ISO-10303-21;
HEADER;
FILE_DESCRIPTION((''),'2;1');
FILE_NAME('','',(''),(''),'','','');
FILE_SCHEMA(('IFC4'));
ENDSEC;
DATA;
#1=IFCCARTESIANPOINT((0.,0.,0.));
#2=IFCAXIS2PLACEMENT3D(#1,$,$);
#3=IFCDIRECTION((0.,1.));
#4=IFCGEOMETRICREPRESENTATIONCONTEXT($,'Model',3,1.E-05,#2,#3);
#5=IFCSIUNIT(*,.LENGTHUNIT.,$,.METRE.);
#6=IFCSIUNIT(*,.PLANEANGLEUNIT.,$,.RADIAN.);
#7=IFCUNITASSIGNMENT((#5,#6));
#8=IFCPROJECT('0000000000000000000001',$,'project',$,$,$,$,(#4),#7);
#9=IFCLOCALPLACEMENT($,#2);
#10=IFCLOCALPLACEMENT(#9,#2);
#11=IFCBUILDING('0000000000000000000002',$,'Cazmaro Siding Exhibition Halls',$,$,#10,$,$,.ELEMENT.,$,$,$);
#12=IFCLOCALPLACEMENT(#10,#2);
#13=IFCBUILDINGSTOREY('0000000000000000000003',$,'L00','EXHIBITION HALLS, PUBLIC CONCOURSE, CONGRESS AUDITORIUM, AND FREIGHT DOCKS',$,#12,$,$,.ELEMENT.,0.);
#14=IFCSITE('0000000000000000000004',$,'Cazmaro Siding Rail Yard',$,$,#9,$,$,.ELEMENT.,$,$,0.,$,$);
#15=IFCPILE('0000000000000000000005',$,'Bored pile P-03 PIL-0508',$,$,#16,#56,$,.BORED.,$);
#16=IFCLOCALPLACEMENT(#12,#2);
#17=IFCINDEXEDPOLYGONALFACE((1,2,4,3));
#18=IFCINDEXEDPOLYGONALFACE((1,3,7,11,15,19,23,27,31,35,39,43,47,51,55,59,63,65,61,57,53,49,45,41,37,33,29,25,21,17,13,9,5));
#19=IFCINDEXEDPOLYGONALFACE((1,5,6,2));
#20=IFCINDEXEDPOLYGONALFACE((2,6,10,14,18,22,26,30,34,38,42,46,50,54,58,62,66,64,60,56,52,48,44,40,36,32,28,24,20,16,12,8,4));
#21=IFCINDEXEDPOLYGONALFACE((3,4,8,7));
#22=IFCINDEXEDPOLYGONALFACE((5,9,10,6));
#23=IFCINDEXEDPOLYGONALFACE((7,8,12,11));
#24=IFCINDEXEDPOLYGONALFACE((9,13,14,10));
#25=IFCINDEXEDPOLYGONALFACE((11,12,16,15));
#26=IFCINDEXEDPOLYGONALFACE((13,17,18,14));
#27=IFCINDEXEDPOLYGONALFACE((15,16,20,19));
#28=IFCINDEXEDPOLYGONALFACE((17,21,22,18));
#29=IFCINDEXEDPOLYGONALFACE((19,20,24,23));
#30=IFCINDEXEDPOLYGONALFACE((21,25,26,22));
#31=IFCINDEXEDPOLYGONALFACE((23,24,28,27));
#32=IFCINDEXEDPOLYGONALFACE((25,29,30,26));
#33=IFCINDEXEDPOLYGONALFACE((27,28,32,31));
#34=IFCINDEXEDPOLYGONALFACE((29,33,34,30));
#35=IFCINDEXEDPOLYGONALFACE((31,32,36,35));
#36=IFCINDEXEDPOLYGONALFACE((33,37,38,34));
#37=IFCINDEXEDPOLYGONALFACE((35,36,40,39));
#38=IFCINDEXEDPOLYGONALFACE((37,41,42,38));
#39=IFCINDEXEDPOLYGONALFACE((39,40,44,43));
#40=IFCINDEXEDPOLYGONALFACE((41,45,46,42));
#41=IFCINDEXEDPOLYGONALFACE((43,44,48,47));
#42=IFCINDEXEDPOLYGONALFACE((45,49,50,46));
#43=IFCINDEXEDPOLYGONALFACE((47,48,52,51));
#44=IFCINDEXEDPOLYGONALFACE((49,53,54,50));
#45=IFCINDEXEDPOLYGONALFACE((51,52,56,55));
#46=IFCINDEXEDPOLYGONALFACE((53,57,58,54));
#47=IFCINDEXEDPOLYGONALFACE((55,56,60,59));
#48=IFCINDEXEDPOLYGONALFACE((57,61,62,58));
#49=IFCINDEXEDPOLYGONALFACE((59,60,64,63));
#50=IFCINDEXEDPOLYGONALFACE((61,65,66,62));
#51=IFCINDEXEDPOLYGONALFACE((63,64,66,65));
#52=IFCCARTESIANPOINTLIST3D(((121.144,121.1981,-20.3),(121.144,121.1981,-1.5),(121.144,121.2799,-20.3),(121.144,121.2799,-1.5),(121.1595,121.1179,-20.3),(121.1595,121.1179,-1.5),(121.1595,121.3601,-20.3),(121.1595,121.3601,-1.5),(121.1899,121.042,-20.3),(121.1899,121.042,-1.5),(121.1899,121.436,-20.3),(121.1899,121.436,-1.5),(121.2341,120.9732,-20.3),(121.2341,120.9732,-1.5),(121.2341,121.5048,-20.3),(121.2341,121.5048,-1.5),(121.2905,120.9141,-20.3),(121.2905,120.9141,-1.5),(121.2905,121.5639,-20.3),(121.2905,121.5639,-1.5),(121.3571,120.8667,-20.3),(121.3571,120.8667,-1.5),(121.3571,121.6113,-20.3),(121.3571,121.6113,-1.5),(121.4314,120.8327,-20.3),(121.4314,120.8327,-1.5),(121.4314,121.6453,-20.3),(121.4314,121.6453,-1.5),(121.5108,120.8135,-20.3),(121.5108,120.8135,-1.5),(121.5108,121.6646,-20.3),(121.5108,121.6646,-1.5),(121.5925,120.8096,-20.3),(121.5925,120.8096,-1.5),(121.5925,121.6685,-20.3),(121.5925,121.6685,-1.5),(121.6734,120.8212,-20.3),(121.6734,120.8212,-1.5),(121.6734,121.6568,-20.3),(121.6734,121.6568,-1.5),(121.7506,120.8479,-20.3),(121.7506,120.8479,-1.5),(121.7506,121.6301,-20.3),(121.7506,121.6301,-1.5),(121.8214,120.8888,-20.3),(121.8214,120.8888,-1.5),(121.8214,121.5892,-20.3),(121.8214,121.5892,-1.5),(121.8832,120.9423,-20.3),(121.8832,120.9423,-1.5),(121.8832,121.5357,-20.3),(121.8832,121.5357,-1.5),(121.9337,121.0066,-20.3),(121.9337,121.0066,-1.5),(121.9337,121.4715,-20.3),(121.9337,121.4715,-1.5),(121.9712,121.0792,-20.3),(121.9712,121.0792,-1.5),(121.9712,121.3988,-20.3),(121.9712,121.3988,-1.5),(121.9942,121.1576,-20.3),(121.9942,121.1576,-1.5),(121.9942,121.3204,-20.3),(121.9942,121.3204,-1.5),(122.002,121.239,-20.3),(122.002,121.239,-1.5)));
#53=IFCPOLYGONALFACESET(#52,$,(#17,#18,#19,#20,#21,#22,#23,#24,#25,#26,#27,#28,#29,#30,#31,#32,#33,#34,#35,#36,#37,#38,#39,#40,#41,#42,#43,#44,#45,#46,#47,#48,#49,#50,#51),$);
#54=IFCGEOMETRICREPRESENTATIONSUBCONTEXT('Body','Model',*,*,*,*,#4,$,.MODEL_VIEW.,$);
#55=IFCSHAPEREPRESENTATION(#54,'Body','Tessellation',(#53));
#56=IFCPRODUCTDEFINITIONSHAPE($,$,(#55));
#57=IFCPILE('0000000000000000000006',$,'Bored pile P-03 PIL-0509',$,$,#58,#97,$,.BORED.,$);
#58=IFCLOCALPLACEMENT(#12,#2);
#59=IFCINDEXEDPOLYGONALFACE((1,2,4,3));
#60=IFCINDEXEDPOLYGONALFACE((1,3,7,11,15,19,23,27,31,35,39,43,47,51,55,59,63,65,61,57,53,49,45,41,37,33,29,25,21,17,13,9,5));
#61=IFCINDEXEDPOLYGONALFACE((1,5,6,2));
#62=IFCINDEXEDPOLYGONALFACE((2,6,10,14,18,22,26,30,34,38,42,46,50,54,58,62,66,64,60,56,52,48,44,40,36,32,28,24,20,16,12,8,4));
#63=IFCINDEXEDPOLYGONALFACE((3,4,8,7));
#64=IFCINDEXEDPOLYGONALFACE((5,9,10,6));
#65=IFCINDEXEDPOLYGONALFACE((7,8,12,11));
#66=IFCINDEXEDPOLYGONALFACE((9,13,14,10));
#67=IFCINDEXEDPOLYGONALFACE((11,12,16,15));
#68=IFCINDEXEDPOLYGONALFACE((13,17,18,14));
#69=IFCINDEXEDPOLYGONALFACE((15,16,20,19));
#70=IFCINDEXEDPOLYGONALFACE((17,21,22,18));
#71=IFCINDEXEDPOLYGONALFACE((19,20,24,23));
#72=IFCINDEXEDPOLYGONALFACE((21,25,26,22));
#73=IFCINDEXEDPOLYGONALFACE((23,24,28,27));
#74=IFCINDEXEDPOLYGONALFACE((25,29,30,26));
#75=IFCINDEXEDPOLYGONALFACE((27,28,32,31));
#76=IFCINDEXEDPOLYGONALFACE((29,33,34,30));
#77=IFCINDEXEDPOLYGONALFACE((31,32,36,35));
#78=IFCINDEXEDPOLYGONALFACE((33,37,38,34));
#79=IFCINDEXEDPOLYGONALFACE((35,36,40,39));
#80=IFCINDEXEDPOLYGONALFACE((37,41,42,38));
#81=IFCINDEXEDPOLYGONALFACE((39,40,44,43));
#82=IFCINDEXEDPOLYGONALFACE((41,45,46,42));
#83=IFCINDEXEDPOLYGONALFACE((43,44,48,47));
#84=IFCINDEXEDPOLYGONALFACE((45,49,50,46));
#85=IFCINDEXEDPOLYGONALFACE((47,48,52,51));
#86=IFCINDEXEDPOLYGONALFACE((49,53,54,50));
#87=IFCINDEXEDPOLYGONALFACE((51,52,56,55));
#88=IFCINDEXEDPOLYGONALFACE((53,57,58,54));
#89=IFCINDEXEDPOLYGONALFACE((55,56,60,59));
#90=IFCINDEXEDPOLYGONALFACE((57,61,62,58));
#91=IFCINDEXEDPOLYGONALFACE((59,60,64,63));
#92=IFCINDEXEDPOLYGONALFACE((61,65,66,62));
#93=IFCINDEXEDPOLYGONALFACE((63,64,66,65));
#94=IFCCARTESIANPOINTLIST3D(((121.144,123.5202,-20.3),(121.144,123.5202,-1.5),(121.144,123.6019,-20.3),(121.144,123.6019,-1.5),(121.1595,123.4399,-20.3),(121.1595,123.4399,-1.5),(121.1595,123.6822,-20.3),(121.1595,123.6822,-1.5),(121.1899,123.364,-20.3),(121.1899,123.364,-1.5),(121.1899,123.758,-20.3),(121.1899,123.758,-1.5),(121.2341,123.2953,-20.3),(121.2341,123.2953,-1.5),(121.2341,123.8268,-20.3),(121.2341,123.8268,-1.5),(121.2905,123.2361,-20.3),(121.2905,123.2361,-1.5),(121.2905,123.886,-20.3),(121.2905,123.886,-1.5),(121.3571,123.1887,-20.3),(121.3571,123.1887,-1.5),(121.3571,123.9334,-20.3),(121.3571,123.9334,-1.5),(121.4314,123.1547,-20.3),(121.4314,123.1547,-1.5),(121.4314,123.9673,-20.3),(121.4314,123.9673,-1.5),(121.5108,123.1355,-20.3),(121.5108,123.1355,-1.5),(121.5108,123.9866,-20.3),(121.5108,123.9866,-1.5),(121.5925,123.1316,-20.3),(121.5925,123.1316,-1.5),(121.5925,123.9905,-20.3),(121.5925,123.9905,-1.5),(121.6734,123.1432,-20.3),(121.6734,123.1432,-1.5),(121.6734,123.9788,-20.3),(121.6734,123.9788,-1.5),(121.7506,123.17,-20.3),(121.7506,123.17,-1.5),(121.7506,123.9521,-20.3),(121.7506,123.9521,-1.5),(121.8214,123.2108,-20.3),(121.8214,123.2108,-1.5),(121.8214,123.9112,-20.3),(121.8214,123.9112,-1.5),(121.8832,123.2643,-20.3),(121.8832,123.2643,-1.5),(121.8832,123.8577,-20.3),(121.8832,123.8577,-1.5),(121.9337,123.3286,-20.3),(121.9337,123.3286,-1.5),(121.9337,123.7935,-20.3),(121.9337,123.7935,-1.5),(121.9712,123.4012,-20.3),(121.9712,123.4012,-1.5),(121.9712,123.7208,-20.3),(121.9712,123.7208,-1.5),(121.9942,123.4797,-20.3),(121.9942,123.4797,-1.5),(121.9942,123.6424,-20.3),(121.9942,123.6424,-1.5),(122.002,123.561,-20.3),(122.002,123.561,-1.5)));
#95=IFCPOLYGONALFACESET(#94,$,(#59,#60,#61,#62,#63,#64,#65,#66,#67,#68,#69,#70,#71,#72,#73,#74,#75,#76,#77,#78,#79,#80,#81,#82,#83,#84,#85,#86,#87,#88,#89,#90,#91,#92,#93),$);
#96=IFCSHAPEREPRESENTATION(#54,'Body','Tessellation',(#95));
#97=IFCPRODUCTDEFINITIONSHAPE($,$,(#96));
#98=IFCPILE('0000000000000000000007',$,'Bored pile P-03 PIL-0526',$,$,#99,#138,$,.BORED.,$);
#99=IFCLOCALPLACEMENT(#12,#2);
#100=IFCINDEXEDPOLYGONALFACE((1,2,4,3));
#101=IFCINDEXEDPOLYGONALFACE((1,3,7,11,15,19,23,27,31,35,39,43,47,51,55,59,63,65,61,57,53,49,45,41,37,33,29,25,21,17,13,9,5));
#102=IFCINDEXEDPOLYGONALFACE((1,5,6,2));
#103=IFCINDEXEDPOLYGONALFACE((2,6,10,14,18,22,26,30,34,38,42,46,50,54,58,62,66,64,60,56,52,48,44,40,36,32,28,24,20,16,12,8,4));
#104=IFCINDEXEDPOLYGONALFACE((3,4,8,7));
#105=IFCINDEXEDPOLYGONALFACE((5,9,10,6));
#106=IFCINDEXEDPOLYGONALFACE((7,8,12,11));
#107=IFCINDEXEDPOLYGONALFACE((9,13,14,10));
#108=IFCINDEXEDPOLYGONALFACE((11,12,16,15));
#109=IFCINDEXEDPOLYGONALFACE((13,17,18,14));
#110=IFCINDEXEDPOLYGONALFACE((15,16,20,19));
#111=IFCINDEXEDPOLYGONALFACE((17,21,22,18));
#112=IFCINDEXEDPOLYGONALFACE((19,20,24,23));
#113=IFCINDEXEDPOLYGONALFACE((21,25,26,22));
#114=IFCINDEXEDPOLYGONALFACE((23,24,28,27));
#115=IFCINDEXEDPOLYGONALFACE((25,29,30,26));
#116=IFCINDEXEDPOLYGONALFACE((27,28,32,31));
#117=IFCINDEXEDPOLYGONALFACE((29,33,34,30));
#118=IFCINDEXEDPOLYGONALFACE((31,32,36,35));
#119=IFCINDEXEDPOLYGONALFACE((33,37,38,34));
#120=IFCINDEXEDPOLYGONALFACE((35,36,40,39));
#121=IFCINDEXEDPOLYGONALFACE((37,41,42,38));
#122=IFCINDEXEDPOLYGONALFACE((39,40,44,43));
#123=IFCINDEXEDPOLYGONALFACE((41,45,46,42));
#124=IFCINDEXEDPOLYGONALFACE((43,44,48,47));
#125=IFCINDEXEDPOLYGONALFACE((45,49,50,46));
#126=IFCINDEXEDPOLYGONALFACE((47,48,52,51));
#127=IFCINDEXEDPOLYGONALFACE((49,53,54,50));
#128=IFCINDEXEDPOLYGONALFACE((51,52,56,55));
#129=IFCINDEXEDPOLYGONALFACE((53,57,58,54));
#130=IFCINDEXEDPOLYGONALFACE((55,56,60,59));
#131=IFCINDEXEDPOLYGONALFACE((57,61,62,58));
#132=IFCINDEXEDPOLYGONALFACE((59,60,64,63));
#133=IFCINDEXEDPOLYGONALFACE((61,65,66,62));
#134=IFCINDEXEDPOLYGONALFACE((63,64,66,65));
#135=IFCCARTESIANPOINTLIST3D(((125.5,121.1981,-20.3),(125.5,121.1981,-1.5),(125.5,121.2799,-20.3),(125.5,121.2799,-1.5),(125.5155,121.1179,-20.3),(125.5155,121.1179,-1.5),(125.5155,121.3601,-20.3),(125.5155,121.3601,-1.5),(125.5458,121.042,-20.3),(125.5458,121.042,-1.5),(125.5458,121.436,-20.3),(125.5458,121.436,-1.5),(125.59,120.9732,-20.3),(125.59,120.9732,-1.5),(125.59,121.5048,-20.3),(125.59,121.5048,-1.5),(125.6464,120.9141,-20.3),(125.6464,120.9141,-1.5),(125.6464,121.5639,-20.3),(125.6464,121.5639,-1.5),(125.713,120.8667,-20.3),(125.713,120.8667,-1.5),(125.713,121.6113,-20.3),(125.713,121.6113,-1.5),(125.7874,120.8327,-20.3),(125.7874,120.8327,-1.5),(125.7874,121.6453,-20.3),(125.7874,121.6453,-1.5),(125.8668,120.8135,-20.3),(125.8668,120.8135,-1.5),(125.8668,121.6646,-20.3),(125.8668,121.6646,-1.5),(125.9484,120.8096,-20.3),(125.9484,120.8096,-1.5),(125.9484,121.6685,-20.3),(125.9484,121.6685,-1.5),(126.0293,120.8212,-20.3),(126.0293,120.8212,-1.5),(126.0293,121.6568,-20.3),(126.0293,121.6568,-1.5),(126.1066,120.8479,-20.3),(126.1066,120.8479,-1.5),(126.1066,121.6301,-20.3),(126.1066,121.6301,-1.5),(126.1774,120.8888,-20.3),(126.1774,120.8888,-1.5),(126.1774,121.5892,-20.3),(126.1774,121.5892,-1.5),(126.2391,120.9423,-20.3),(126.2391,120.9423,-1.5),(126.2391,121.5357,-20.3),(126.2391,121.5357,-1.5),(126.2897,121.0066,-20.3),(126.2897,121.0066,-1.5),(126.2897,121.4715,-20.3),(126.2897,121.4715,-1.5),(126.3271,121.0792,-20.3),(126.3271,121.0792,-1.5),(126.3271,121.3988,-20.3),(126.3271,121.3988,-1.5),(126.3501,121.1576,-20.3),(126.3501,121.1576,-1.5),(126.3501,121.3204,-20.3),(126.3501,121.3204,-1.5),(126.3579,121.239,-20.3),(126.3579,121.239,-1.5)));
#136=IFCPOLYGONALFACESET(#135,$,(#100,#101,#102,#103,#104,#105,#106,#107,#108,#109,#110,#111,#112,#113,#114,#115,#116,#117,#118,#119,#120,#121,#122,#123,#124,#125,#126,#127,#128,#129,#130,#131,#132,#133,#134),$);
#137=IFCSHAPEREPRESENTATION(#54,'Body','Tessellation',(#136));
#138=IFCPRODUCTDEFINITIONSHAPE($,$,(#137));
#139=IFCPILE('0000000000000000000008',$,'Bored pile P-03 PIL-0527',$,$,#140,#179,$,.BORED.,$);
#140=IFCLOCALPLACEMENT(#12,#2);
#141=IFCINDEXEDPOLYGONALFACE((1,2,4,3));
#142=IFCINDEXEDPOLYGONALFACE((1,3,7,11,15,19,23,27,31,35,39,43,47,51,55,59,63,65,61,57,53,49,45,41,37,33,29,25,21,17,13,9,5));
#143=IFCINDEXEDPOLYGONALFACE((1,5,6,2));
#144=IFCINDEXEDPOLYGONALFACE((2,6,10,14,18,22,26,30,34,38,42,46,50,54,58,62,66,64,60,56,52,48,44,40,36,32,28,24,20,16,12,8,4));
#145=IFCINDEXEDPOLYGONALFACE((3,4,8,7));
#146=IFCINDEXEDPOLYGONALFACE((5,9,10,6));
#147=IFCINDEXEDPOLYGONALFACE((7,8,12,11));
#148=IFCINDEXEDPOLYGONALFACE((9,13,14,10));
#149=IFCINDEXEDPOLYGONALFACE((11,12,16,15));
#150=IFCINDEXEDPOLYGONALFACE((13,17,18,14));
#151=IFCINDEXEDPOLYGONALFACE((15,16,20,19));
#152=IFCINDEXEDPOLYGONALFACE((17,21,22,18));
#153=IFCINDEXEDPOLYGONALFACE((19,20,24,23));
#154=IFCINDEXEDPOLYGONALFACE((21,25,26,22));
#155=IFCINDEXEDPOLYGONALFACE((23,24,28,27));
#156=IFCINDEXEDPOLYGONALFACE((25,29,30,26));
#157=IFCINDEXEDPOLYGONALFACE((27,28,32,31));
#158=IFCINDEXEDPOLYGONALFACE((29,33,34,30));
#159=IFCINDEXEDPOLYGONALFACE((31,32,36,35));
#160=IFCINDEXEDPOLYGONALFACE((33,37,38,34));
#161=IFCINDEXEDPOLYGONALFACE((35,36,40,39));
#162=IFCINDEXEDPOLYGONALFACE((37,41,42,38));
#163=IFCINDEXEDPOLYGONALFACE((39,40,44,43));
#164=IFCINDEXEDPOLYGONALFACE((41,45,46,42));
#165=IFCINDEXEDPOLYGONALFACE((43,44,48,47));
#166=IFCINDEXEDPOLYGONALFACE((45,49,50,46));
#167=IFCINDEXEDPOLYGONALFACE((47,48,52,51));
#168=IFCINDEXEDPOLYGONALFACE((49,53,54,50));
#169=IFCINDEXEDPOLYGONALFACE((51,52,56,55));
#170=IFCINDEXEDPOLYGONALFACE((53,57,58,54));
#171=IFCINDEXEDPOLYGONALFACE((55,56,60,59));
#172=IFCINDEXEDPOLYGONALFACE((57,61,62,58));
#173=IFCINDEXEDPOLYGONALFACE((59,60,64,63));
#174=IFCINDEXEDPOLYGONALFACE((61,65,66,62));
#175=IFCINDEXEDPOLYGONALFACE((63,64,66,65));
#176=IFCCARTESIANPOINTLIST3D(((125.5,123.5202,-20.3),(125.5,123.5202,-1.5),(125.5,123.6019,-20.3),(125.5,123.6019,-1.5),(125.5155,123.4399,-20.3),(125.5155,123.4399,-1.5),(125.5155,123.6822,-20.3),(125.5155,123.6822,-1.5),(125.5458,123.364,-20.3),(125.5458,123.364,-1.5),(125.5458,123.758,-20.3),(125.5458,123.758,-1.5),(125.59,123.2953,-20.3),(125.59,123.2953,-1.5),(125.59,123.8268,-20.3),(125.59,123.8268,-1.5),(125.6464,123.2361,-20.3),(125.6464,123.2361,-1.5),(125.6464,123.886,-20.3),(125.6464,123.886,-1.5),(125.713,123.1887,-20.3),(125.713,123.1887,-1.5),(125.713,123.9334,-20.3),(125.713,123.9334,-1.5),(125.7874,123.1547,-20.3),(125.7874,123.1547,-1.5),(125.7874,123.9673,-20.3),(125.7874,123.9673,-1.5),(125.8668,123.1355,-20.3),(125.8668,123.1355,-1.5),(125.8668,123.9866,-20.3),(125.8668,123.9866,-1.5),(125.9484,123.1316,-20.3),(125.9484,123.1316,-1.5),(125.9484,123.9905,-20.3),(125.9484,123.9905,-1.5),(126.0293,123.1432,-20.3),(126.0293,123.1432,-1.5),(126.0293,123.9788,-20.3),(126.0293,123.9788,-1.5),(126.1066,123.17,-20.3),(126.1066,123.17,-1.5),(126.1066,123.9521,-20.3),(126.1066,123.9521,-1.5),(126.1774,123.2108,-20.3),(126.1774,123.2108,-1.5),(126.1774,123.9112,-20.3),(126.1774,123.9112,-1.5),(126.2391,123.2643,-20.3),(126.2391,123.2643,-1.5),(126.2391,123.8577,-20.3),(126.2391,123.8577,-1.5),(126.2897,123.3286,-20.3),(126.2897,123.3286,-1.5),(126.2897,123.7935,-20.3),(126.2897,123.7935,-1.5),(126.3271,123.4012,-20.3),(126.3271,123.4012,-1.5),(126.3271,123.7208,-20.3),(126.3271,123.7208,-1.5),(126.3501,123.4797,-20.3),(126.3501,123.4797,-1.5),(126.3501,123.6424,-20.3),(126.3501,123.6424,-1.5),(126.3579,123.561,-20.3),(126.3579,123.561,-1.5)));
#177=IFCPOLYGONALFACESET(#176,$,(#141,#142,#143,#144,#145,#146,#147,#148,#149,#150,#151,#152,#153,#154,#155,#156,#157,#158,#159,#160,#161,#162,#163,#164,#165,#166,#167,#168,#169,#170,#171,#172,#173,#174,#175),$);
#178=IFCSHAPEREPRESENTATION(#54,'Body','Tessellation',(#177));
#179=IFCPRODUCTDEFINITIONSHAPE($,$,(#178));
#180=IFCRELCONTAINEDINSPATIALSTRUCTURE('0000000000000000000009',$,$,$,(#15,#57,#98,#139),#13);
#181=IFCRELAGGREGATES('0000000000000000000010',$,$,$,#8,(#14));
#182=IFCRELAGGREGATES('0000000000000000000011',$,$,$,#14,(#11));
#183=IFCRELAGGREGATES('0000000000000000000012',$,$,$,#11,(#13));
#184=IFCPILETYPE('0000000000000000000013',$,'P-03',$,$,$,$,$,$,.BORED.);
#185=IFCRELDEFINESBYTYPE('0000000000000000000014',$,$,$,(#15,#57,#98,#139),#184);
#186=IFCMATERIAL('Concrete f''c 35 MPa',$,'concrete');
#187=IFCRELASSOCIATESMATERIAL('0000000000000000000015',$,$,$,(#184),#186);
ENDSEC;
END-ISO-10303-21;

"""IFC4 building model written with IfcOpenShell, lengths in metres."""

from ifc_helpers import new_model, si_unit, direction, frame, origin, origin_2d, place, context, subcontext, project, spatial, circle, extrude, material, material_profile, profile_set, type_object, element, save


model = new_model("IFC4")

# Units and contexts
model_context = context("Model", 3, precision=1e-05, world=origin(), true_north=direction((0.0, 1.0)))
body_context = subcontext(model_context, "Body", "Model", "MODEL_VIEW")
ifc_project = project(units=[si_unit("LENGTHUNIT", "METRE"), si_unit("PLANEANGLEUNIT", "RADIAN")], contexts=[model_context])

# Site, building, storey
site_placement = place(None, origin())
site = spatial("IfcSite", under=ifc_project, at=site_placement, Name="Cazmaro Siding Rail Yard", CompositionType="ELEMENT", RefElevation=0.0)
building_placement = place(site_placement, origin())
building = spatial("IfcBuilding", under=site, at=building_placement, Name="Cazmaro Siding Exhibition Halls", CompositionType="ELEMENT")
storey_placement = place(building_placement, origin())
storey = spatial("IfcBuildingStorey", under=building, at=storey_placement, Name="L00", Description="EXHIBITION HALLS, PUBLIC CONCOURSE, CONGRESS AUDITORIUM, AND FREIGHT DOCKS", CompositionType="ELEMENT", Elevation=0.0)

# Piles
ifc_material_1 = material(Name="Concrete f'c 35 MPa", Category="concrete")
ifc_material_profile_1 = material_profile(ifc_material_1, circle(Radius=0.4299, at=origin_2d()), Name="CIDH-860")
ifc_profile_set_1 = profile_set([ifc_material_profile_1], Name="Concrete f'c 35 MPa")
pile_type = type_object("IfcPileType", Name="P-03", PredefinedType="BORED", material=ifc_profile_set_1)
for number, where, z_axis, x_axis, name in (
    (1, (121.572, 121.239, -1.5), (0.0, 0.0, -1.0), (1.0, 0.0, 0.0), "Bored pile P-03 PIL-0508"),
    (2, (121.572, 123.561, -1.5), (0.0, 0.0, -1.0), (1.0, 0.0, 0.0), "Bored pile P-03 PIL-0509"),
    (3, (125.928, 121.239, -1.5), (0.0, 0.0, -1.0), (1.0, 0.0, 0.0), "Bored pile P-03 PIL-0526"),
    (4, (125.928, 123.561, -1.5), (0.0, 0.0, -1.0), (1.0, 0.0, 0.0), "Bored pile P-03 PIL-0527"),
):
    element("IfcPile", number, at=place(storey_placement, frame(where, z_axis=z_axis, x_axis=x_axis)), inside=storey, type_object=pile_type, Name=name, PredefinedType="BORED", context=body_context, shape_type="SweptSolid", body=[
        extrude(circle(Radius=0.4299, at=origin_2d()), origin(), (0.0, 0.0, 1.0), 18.8),
    ])

save(model, "model.ifc")
